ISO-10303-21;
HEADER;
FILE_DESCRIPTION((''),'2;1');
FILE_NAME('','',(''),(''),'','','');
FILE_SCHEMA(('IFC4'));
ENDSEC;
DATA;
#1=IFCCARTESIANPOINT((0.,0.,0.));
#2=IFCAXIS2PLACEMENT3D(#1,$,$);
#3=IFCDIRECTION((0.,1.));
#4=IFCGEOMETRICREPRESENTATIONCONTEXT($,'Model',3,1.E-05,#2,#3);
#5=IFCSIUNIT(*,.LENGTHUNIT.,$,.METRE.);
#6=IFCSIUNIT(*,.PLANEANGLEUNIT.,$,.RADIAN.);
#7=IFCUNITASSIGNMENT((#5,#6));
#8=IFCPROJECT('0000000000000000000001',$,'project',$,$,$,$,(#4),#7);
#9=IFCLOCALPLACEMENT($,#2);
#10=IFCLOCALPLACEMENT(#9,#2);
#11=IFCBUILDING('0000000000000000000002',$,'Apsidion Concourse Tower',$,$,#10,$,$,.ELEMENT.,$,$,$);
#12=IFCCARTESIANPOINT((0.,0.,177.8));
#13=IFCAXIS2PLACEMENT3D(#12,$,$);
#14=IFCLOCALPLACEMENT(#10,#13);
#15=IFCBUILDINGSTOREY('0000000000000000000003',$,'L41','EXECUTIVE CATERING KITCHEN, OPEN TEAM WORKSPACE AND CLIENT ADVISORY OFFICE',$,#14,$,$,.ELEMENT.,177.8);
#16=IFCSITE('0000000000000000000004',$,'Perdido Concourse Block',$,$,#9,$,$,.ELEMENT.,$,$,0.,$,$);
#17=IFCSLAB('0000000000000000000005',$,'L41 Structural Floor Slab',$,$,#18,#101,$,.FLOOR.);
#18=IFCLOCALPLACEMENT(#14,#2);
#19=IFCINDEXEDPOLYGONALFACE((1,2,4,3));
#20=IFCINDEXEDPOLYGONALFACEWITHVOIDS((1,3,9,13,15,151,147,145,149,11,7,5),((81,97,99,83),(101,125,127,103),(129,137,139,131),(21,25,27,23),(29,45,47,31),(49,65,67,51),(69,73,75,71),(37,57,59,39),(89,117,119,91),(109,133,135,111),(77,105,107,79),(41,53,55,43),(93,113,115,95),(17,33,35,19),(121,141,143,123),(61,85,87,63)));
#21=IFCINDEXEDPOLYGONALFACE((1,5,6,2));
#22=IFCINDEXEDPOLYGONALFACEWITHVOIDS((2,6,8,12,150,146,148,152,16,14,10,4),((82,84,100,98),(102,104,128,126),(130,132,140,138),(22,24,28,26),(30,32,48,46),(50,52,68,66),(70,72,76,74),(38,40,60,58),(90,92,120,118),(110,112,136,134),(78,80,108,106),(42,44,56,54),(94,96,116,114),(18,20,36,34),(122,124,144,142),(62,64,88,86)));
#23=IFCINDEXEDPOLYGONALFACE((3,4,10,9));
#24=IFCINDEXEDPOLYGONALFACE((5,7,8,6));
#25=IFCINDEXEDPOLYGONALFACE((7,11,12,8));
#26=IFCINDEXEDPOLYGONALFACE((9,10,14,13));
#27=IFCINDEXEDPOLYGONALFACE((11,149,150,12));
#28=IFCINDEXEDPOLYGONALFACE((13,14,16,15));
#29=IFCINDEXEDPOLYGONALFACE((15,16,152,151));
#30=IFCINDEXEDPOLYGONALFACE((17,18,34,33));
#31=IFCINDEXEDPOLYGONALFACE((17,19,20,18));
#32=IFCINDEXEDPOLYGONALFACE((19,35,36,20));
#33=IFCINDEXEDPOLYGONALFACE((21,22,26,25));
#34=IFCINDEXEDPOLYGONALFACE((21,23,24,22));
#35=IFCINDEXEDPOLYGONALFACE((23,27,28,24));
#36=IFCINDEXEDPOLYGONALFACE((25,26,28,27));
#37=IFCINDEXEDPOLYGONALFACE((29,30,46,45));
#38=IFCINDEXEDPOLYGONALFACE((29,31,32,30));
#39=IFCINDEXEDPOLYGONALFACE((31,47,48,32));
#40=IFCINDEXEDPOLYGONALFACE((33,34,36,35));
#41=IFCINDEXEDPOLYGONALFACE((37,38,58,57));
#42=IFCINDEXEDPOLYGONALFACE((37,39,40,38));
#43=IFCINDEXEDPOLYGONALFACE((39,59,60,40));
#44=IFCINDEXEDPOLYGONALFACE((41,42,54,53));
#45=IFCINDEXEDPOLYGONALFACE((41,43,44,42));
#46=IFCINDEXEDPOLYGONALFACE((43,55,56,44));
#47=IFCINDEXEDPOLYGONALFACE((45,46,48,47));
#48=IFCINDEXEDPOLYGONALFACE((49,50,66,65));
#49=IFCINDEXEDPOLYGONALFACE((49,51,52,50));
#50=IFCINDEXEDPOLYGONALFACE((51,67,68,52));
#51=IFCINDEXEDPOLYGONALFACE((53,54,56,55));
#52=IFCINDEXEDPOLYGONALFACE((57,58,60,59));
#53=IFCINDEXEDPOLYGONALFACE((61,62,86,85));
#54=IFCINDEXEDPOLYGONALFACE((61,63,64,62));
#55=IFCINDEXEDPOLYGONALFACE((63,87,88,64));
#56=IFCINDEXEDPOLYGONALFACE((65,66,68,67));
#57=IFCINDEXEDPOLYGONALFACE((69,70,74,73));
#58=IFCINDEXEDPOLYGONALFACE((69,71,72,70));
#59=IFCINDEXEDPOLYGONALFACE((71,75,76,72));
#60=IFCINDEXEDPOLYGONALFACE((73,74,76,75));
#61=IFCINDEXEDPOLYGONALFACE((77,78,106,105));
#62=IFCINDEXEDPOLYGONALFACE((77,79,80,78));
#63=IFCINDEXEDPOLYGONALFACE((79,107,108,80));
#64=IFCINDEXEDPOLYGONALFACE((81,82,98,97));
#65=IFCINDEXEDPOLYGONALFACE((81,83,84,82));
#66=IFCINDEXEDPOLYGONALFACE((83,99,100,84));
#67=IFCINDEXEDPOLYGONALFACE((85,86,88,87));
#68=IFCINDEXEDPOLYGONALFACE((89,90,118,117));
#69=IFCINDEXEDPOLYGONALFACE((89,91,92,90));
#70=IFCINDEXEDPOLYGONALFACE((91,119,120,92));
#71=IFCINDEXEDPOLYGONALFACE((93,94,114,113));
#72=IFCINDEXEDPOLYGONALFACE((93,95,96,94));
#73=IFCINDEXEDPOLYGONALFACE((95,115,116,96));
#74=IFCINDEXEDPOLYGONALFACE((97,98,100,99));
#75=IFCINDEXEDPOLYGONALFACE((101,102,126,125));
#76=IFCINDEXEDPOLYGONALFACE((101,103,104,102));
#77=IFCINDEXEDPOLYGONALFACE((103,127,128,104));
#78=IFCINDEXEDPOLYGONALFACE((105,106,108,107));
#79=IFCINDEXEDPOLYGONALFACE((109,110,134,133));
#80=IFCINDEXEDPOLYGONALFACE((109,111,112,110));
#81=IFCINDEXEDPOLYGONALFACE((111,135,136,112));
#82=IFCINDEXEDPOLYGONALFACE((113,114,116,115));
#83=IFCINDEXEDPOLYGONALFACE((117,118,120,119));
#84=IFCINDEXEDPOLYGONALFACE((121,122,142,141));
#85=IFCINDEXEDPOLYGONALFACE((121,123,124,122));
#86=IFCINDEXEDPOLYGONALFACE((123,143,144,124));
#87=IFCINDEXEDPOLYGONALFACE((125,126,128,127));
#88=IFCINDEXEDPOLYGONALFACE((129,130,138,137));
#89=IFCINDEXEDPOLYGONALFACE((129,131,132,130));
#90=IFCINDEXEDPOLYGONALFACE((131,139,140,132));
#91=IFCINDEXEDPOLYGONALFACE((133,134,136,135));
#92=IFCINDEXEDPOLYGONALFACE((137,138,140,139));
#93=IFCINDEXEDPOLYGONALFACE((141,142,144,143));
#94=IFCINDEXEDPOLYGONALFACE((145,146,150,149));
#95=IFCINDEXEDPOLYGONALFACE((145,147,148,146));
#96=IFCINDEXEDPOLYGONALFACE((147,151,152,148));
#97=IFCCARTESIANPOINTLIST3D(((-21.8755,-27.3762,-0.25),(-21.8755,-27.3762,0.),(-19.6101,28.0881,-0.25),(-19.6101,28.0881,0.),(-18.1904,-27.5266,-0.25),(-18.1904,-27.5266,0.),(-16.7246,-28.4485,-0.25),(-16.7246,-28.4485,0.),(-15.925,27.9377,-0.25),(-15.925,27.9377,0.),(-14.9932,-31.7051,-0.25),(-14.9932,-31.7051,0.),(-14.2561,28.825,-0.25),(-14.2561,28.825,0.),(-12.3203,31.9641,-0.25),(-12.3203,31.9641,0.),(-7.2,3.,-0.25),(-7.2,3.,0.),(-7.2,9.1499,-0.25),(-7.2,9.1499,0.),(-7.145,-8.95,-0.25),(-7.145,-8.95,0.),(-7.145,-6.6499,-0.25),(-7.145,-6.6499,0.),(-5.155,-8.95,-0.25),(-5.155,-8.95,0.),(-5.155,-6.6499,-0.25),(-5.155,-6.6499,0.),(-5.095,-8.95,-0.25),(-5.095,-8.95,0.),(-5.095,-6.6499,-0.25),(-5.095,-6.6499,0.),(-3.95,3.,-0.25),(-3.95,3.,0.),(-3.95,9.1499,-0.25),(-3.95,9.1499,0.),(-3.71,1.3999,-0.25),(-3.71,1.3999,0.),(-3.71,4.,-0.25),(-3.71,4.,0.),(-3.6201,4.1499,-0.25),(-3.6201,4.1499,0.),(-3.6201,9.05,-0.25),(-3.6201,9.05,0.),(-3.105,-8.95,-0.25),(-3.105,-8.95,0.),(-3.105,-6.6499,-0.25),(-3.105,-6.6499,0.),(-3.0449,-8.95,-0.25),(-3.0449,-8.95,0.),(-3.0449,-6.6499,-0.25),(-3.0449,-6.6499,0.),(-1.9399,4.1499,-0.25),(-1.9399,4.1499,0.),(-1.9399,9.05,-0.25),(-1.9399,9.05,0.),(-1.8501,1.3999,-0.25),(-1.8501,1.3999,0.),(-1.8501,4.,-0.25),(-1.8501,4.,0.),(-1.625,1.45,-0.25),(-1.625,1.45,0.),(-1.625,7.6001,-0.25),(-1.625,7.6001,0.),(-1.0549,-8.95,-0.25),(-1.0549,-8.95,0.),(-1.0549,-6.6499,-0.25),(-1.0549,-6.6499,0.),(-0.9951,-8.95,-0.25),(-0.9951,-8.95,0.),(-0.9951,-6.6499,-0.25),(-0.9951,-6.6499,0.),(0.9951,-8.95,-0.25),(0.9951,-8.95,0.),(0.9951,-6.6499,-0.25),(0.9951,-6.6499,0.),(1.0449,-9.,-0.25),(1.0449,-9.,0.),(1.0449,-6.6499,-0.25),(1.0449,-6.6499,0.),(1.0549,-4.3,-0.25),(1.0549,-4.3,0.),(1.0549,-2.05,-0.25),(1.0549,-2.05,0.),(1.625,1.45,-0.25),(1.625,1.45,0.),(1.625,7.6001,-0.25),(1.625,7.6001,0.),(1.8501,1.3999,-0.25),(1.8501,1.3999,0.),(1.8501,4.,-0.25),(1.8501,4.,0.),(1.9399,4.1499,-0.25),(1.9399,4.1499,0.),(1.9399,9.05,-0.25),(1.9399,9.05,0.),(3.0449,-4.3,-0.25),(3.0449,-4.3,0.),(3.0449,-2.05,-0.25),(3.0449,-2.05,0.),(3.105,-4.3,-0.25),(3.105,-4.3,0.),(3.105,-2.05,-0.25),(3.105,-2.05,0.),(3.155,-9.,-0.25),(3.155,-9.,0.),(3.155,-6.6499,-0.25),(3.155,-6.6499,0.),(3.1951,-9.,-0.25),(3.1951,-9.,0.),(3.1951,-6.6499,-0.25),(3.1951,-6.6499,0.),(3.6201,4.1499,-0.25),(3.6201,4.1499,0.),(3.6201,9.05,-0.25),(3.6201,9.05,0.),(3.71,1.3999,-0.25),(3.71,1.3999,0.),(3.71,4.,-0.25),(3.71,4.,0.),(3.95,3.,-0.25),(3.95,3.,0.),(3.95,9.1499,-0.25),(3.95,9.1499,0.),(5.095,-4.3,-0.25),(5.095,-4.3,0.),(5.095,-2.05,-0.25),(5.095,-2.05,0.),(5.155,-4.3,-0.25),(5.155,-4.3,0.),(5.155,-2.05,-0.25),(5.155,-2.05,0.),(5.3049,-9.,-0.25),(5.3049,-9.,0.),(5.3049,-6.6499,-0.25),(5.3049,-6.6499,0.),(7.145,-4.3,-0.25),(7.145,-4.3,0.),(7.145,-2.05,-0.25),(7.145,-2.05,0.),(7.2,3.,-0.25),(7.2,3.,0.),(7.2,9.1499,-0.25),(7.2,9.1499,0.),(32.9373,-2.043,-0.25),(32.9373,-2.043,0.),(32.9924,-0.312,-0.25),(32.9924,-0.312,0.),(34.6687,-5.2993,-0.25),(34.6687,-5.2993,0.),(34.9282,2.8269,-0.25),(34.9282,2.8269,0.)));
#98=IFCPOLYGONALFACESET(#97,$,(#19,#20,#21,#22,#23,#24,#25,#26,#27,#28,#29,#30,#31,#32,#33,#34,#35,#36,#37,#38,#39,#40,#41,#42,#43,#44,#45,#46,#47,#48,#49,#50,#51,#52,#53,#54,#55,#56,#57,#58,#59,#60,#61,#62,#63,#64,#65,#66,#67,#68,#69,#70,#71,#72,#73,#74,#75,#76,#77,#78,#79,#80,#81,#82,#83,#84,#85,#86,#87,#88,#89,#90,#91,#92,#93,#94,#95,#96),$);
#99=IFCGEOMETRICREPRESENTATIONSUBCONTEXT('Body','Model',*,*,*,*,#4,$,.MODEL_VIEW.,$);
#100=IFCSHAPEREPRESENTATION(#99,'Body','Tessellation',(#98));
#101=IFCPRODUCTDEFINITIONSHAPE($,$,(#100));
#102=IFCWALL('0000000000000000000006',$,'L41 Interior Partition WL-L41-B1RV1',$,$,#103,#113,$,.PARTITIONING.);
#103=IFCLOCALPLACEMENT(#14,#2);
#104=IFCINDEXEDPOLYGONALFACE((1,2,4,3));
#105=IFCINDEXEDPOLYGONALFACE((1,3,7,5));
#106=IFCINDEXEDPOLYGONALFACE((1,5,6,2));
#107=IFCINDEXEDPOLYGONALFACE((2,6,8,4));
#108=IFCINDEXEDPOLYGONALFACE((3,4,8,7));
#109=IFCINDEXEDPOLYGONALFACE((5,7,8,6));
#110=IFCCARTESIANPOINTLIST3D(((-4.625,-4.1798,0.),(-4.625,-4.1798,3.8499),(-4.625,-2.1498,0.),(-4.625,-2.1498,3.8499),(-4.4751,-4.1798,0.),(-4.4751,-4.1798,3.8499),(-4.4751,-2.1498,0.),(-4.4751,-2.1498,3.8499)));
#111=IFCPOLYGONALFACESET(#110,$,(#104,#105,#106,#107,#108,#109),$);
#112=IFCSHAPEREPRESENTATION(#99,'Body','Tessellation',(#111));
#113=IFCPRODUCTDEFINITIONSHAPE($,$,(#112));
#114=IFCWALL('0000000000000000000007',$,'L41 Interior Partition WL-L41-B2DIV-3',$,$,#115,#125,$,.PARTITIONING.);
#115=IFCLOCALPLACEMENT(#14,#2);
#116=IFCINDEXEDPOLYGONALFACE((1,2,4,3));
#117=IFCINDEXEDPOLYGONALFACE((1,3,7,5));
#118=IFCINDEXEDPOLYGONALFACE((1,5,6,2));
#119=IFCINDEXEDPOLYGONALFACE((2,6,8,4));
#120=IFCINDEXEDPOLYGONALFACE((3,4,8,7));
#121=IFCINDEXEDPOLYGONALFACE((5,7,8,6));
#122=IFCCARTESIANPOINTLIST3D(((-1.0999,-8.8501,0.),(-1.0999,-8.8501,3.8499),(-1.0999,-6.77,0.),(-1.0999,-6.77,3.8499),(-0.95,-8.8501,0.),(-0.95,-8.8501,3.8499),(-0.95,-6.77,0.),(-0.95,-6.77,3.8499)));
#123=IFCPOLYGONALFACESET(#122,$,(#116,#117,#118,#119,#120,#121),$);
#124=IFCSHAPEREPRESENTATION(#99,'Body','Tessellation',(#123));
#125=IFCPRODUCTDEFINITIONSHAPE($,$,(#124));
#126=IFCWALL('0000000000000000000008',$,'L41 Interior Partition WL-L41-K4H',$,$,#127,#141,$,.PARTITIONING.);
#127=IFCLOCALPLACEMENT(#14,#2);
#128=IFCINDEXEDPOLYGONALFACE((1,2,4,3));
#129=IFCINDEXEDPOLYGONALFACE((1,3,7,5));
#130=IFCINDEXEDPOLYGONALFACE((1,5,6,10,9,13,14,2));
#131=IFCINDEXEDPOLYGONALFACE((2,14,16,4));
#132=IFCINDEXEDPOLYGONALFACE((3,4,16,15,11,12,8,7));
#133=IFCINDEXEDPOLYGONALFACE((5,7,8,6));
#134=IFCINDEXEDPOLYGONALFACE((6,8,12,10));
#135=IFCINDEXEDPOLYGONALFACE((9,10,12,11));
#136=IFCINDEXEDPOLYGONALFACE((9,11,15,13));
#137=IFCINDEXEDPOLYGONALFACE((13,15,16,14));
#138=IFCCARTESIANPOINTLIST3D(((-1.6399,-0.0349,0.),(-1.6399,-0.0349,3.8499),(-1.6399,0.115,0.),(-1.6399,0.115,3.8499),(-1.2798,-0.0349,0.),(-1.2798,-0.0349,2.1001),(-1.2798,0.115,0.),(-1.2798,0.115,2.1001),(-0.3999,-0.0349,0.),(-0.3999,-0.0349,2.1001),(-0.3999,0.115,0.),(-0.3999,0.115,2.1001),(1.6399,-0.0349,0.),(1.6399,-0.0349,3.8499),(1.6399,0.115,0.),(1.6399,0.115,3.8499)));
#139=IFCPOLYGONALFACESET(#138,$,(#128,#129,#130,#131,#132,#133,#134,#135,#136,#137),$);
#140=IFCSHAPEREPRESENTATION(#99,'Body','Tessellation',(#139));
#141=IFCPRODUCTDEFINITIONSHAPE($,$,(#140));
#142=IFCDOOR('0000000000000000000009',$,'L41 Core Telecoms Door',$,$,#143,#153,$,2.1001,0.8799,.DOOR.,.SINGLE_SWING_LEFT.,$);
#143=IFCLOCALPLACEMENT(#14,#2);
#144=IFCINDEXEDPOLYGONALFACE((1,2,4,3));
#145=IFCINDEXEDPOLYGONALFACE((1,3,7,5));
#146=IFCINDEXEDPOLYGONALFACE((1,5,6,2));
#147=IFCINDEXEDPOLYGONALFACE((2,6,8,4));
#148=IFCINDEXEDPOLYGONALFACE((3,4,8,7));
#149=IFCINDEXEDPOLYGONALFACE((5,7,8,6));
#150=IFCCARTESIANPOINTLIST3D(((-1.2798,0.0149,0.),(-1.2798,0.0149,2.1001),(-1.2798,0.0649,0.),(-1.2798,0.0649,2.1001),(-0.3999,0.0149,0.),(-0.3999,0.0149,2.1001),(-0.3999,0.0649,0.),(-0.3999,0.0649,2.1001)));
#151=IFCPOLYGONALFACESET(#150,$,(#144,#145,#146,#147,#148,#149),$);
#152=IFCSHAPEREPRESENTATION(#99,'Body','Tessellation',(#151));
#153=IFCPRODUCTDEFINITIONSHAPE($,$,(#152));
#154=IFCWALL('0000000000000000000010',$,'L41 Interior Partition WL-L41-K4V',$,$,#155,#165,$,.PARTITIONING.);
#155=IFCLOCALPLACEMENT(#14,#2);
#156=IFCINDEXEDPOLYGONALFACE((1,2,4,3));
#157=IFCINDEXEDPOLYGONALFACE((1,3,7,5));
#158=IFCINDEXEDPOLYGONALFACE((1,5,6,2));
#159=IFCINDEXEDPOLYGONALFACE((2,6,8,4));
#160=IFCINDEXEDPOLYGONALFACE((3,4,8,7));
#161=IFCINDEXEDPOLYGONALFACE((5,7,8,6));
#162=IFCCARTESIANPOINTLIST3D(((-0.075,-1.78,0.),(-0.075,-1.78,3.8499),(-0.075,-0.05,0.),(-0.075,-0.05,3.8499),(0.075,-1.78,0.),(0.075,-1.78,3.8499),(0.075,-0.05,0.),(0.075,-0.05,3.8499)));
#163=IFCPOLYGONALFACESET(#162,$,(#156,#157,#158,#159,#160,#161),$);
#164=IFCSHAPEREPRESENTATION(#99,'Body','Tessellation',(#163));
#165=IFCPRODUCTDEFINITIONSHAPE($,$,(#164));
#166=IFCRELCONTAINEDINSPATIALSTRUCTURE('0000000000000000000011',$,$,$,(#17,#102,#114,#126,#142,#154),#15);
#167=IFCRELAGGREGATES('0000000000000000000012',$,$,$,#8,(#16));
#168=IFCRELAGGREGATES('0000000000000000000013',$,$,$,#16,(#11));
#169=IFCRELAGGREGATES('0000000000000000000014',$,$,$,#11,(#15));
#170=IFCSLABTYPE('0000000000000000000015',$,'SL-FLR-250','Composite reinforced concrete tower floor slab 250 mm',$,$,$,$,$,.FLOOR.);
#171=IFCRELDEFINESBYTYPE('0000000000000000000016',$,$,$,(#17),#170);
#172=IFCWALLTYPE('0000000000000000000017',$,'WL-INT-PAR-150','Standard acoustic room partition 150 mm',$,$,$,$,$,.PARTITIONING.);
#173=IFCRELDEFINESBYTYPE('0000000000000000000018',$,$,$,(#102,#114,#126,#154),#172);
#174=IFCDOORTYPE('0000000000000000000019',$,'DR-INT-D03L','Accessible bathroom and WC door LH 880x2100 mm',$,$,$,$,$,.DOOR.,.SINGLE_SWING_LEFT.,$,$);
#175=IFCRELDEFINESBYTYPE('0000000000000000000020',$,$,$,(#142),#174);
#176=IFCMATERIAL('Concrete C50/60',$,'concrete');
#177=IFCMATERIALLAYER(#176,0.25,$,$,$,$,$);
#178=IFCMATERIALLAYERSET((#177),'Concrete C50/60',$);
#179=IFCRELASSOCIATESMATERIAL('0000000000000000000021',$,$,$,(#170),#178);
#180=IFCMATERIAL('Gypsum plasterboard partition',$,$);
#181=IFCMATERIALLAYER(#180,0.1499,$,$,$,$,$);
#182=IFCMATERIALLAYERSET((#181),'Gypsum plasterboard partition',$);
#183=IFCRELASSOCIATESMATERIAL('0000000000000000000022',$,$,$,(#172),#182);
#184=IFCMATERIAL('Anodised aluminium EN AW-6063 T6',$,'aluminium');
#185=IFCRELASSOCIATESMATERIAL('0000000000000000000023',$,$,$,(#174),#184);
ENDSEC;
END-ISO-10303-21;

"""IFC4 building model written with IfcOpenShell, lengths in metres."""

from ifc_helpers import new_model, si_unit, direction, frame, frame_2d, origin, place, context, subcontext, project, spatial, polyline, rectangle, outline, extrude, material, layer, layer_set, type_object, element, fill, save


model = new_model("IFC4")

# Units and contexts
model_context = context("Model", 3, precision=1e-05, world=origin(), true_north=direction((0.0, 1.0)))
body_context = subcontext(model_context, "Body", "Model", "MODEL_VIEW")
ifc_project = project(units=[si_unit("LENGTHUNIT", "METRE"), si_unit("PLANEANGLEUNIT", "RADIAN")], contexts=[model_context])

# Site, building, storey
site_placement = place(None, origin())
site = spatial("IfcSite", under=ifc_project, at=site_placement, Name="Perdido Concourse Block", CompositionType="ELEMENT", RefElevation=0.0)
building_placement = place(site_placement, origin())
building = spatial("IfcBuilding", under=site, at=building_placement, Name="Apsidion Concourse Tower", CompositionType="ELEMENT")
storey_placement = place(building_placement, frame((0.0, 0.0, 177.8)))
storey = spatial("IfcBuildingStorey", under=building, at=storey_placement, Name="L41", Description="EXECUTIVE CATERING KITCHEN, OPEN TEAM WORKSPACE AND CLIENT ADVISORY OFFICE", CompositionType="ELEMENT", Elevation=177.8)

# Slab
ifc_material_1 = material(Name="Concrete C50/60", Category="concrete")
ifc_layer_1 = layer(ifc_material_1, 0.25)
ifc_layer_set_1 = layer_set([ifc_layer_1], Name="Concrete C50/60")
slab_type = type_object("IfcSlabType", Name="SL-FLR-250", Description="Composite reinforced concrete tower floor slab 250 mm", PredefinedType="FLOOR", material=ifc_layer_set_1)
slab_placement = place(storey_placement, frame((0.0, 0.0, -0.25)))
element("IfcSlab", 1, at=slab_placement, inside=storey, type_object=slab_type, Name="L41 Structural Floor Slab", PredefinedType="FLOOR", context=body_context, shape_type="SweptSolid", body=[
    extrude(outline(polyline([(-12.3203, 31.9641), (-14.2561, 28.825), (-15.925, 27.9377), (-19.6101, 28.0881), (-21.8755, -27.3762), (-18.1904, -27.5266), (-16.7246, -28.4485), (-14.9932, -31.7051), (34.6687, -5.2993), (32.9373, -2.043), (32.9924, -0.312), (34.9282, 2.8269), (-12.3203, 31.9641)]), holes=[polyline([(-3.95, 3.0), (-3.95, 9.1499), (-7.2, 9.1499), (-7.2, 3.0), (-3.95, 3.0)]), polyline([(7.2, 3.0), (7.2, 9.1499), (3.95, 9.1499), (3.95, 3.0), (7.2, 3.0)]), polyline([(-1.625, 7.6001), (-1.625, 1.45), (1.625, 1.45), (1.625, 7.6001), (-1.625, 7.6001)]), polyline([(1.0549, -4.3), (3.0449, -4.3), (3.0449, -2.05), (1.0549, -2.05), (1.0549, -4.3)]), polyline([(3.105, -4.3), (5.095, -4.3), (5.095, -2.05), (3.105, -2.05), (3.105, -4.3)]), polyline([(5.155, -4.3), (7.145, -4.3), (7.145, -2.05), (5.155, -2.05), (5.155, -4.3)]), polyline([(-7.145, -8.95), (-5.155, -8.95), (-5.155, -6.6499), (-7.145, -6.6499), (-7.145, -8.95)]), polyline([(-5.095, -8.95), (-3.105, -8.95), (-3.105, -6.6499), (-5.095, -6.6499), (-5.095, -8.95)]), polyline([(-3.0449, -8.95), (-1.0549, -8.95), (-1.0549, -6.6499), (-3.0449, -6.6499), (-3.0449, -8.95)]), polyline([(-0.9951, -8.95), (0.9951, -8.95), (0.9951, -6.6499), (-0.9951, -6.6499), (-0.9951, -8.95)]), polyline([(1.0449, -9.0), (3.155, -9.0), (3.155, -6.6499), (1.0449, -6.6499), (1.0449, -9.0)]), polyline([(3.1951, -9.0), (5.3049, -9.0), (5.3049, -6.6499), (3.1951, -6.6499), (3.1951, -9.0)]), polyline([(-3.71, 1.3999), (-1.8501, 1.3999), (-1.8501, 4.0), (-3.71, 4.0), (-3.71, 1.3999)]), polyline([(1.8501, 1.3999), (3.71, 1.3999), (3.71, 4.0), (1.8501, 4.0), (1.8501, 1.3999)]), polyline([(-3.6201, 4.1499), (-1.9399, 4.1499), (-1.9399, 9.05), (-3.6201, 9.05), (-3.6201, 4.1499)]), polyline([(1.9399, 4.1499), (3.6201, 4.1499), (3.6201, 9.05), (1.9399, 9.05), (1.9399, 4.1499)])]), origin(), (0.0, 0.0, 1.0), 0.25),
])

# Walls
ifc_material_2 = material(Name="Gypsum plasterboard partition")
ifc_layer_2 = layer(ifc_material_2, 0.1499)
ifc_layer_set_2 = layer_set([ifc_layer_2], Name="Gypsum plasterboard partition")
wall_type_1 = type_object("IfcWallType", Name="WL-INT-PAR-150", Description="Standard acoustic room partition 150 mm", PredefinedType="PARTITIONING", material=ifc_layer_set_2)
wall_1_placement = place(storey_placement, frame((-4.55, -4.1799, 0.0), z_axis=(0.0, 0.0, 1.0), x_axis=(0.0, 1.0, 0.0)))
element("IfcWall", 2, at=wall_1_placement, inside=storey, type_object=wall_type_1, Name="L41 Interior Partition WL-L41-B1RV1", PredefinedType="PARTITIONING", context=body_context, shape_type="SweptSolid", body=[
    extrude(rectangle(XDim=2.03, YDim=0.1499, at=frame_2d((1.0151, 0.0))), origin(), (0.0, 0.0, 1.0), 3.8499),
])
wall_2_placement = place(storey_placement, frame((-1.0249, -8.8501, 0.0), z_axis=(0.0, 0.0, 1.0), x_axis=(0.0, 1.0, 0.0)))
element("IfcWall", 3, at=wall_2_placement, inside=storey, type_object=wall_type_1, Name="L41 Interior Partition WL-L41-B2DIV-3", PredefinedType="PARTITIONING", context=body_context, shape_type="SweptSolid", body=[
    extrude(rectangle(XDim=2.0801, YDim=0.1499, at=frame_2d((1.04, 0.0))), origin(), (0.0, 0.0, 1.0), 3.8499),
])

# Wall, opening, door
wall_3_placement = place(storey_placement, frame((-1.6399, 0.04, 0.0), z_axis=(0.0, 0.0, 1.0), x_axis=(1.0, 0.0, 0.0)))
wall_3 = element("IfcWall", 4, at=wall_3_placement, inside=storey, type_object=wall_type_1, Name="L41 Interior Partition WL-L41-K4H", PredefinedType="PARTITIONING", context=body_context, shape_type="SweptSolid", body=[
    extrude(rectangle(XDim=3.2798, YDim=0.1499, at=frame_2d((1.6399, 0.0))), origin(), (0.0, 0.0, 1.0), 3.8499),
])
opening_1_placement = place(wall_3_placement, frame((0.3601, 0.0, 0.0)))
opening_1 = element("IfcOpeningElement", 5, at=opening_1_placement, cuts=wall_3, PredefinedType="OPENING", context=body_context, shape_type="SweptSolid", body=[
    extrude(rectangle(XDim=0.8799, YDim=2.1001, at=frame_2d((0.4399, 1.05))), frame((0.0, 0.085, 0.0), z_axis=(0.0, -1.0, 0.0), x_axis=(1.0, 0.0, 0.0)), (0.0, 0.0, 1.0), 0.1699),
])
ifc_material_3 = material(Name="Anodised aluminium EN AW-6063 T6", Category="aluminium")
door_type_1 = type_object("IfcDoorType", Name="DR-INT-D03L", Description="Accessible bathroom and WC door LH 880x2100 mm", OperationType="SINGLE_SWING_LEFT", PredefinedType="DOOR", material=ifc_material_3)
door_1_placement = place(opening_1_placement, origin())
door_1 = element("IfcDoor", 6, at=door_1_placement, inside=storey, type_object=door_type_1, Name="L41 Core Telecoms Door", OperationType="SINGLE_SWING_LEFT", OverallHeight=2.1001, OverallWidth=0.8799, PredefinedType="DOOR", context=body_context, shape_type="SweptSolid", body=[
    extrude(rectangle(XDim=0.8799, YDim=2.1001, at=frame_2d((0.4399, 1.05))), frame((0.0, 0.0249, 0.0), z_axis=(0.0, -1.0, 0.0), x_axis=(1.0, 0.0, 0.0)), (0.0, 0.0, 1.0), 0.05),
])
fill(opening_1, door_1)

# Wall
wall_4_placement = place(storey_placement, frame((0.0, -1.78, 0.0), z_axis=(0.0, 0.0, 1.0), x_axis=(0.0, 1.0, 0.0)))
element("IfcWall", 7, at=wall_4_placement, inside=storey, type_object=wall_type_1, Name="L41 Interior Partition WL-L41-K4V", PredefinedType="PARTITIONING", context=body_context, shape_type="SweptSolid", body=[
    extrude(rectangle(XDim=1.73, YDim=0.1499, at=frame_2d((0.865, 0.0))), origin(), (0.0, 0.0, 1.0), 3.8499),
])

save(model, "model.ifc")
